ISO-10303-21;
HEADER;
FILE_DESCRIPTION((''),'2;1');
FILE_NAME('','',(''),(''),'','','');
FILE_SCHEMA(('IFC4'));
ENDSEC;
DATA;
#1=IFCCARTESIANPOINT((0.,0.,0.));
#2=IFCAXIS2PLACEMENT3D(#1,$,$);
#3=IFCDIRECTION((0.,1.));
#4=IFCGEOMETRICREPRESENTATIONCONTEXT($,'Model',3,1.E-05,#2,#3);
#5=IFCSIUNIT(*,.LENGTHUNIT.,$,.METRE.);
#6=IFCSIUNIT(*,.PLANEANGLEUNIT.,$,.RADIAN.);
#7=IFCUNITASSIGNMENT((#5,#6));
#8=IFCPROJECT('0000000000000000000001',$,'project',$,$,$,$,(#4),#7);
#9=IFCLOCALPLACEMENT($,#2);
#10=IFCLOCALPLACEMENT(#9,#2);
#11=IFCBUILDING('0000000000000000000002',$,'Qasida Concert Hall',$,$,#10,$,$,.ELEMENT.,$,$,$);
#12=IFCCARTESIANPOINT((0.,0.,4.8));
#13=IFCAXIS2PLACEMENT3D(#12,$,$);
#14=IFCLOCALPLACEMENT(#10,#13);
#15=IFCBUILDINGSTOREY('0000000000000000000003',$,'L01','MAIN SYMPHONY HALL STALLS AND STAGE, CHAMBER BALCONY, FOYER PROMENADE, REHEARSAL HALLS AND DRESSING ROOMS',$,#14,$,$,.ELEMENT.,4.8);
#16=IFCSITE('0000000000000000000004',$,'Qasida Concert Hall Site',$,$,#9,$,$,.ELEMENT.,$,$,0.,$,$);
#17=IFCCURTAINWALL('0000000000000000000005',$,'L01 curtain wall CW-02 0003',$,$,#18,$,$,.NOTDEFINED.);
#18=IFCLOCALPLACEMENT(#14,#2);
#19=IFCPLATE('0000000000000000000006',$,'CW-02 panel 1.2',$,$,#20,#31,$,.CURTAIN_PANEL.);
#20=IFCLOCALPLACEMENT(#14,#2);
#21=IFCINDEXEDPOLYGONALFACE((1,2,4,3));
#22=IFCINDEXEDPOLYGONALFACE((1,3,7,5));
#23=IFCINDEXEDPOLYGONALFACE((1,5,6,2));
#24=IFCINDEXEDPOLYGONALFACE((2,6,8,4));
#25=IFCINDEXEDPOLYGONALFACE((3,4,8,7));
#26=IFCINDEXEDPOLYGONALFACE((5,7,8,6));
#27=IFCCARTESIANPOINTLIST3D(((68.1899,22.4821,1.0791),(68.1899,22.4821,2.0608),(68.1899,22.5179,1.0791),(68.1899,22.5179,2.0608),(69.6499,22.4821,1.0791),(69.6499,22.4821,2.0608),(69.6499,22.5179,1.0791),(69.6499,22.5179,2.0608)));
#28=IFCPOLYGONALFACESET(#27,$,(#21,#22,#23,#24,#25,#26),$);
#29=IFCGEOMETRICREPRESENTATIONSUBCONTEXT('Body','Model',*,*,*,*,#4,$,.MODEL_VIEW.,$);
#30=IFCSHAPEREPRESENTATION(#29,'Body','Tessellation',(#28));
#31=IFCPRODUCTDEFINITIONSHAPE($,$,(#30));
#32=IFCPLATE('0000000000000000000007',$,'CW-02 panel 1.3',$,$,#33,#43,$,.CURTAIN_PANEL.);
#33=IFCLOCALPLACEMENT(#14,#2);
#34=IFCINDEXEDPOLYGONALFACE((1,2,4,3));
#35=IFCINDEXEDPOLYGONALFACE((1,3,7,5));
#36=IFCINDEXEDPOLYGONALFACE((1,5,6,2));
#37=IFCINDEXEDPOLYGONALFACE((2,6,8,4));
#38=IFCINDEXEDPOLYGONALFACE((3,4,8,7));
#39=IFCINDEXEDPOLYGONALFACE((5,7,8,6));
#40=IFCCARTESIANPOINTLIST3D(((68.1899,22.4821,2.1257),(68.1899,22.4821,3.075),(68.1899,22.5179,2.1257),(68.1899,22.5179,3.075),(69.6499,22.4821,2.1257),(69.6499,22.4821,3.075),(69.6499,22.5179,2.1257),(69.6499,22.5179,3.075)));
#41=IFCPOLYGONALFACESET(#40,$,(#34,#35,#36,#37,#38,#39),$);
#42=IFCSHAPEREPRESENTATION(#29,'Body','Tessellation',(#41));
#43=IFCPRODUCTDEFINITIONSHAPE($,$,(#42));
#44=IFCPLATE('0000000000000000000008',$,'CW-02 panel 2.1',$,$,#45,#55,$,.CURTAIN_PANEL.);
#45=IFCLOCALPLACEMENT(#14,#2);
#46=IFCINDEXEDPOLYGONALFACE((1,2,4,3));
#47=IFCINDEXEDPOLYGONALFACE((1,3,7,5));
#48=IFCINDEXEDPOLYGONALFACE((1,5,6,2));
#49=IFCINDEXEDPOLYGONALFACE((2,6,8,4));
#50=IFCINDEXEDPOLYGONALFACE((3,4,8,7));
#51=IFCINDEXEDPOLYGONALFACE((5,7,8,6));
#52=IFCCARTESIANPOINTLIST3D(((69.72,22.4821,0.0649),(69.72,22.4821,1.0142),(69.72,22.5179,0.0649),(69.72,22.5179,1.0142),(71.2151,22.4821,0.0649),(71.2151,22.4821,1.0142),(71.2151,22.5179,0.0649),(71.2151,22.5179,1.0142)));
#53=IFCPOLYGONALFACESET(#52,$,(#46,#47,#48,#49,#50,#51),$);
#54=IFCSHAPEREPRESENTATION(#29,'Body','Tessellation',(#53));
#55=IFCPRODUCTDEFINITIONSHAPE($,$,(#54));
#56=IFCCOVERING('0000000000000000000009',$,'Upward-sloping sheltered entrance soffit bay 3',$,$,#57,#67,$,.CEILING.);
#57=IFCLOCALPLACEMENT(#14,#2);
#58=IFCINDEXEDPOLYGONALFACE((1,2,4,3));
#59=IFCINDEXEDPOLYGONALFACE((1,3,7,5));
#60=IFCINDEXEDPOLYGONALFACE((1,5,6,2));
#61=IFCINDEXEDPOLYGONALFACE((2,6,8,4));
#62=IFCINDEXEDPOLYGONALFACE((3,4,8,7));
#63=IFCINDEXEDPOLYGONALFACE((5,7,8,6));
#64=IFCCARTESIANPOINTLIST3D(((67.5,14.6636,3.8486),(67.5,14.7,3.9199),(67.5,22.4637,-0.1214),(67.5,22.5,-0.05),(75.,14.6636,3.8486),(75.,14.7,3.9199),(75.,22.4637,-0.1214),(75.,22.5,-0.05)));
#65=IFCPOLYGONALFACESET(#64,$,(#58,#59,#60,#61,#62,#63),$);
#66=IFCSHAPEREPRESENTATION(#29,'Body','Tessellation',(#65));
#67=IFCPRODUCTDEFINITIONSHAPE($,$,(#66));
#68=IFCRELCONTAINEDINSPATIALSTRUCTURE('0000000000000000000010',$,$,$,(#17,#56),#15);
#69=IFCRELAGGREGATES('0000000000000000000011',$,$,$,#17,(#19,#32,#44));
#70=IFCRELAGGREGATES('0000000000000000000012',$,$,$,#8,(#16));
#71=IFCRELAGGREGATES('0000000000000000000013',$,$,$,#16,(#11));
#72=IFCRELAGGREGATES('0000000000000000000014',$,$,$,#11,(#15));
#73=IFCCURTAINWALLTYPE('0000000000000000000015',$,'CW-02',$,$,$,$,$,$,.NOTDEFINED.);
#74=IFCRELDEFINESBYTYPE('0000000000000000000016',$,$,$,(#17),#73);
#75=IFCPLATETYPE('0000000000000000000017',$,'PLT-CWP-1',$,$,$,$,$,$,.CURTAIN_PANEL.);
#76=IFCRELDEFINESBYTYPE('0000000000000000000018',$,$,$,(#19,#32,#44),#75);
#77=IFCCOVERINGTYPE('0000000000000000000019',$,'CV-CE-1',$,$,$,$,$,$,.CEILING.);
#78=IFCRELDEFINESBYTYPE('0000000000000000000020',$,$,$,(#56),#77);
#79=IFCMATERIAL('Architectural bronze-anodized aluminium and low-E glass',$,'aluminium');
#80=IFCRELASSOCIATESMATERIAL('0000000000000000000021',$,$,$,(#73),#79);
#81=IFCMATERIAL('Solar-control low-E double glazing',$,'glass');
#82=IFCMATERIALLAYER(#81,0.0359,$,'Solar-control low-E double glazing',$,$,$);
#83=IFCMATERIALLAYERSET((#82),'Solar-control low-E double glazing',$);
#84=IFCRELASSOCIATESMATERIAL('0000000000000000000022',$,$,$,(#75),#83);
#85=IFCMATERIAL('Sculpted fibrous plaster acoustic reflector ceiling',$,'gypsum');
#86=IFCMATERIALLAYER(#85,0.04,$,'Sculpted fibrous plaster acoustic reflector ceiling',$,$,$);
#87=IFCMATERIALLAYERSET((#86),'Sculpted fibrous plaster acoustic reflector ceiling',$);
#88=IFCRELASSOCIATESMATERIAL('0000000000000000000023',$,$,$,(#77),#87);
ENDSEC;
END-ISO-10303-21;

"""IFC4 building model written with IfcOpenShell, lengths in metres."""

from ifc_helpers import new_model, si_unit, direction, frame, origin, origin_2d, place, context, subcontext, project, spatial, polyline, rectangle, outline, extrude, material, layer, layer_set, type_object, element, aggregate, save


model = new_model("IFC4")

# Units and contexts
model_context = context("Model", 3, precision=1e-05, world=origin(), true_north=direction((0.0, 1.0)))
body_context = subcontext(model_context, "Body", "Model", "MODEL_VIEW")
ifc_project = project(units=[si_unit("LENGTHUNIT", "METRE"), si_unit("PLANEANGLEUNIT", "RADIAN")], contexts=[model_context])

# Site, building, storey
site_placement = place(None, origin())
site = spatial("IfcSite", under=ifc_project, at=site_placement, Name="Qasida Concert Hall Site", CompositionType="ELEMENT", RefElevation=0.0)
building_placement = place(site_placement, origin())
building = spatial("IfcBuilding", under=site, at=building_placement, Name="Qasida Concert Hall", CompositionType="ELEMENT")
storey_placement = place(building_placement, frame((0.0, 0.0, 4.8)))
storey = spatial("IfcBuildingStorey", under=building, at=storey_placement, Name="L01", Description="MAIN SYMPHONY HALL STALLS AND STAGE, CHAMBER BALCONY, FOYER PROMENADE, REHEARSAL HALLS AND DRESSING ROOMS", CompositionType="ELEMENT", Elevation=4.8)

# Shared definitions
ifc_material_1 = material(Name="Architectural bronze-anodized aluminium and low-E glass", Category="aluminium")
curtain_wall_type = type_object("IfcCurtainWallType", Name="CW-02", PredefinedType="NOTDEFINED", material=ifc_material_1)

# Curtain wall
curtain_wall_1_placement = place(storey_placement, origin())
curtain_wall_1 = element("IfcCurtainWall", 1, at=curtain_wall_1_placement, inside=storey, type_object=curtain_wall_type, Name="L01 curtain wall CW-02 0003", PredefinedType="NOTDEFINED")

# Plates
ifc_material_2 = material(Name="Solar-control low-E double glazing", Category="glass")
ifc_layer_1 = layer(ifc_material_2, 0.0359, Name="Solar-control low-E double glazing")
ifc_layer_set_1 = layer_set([ifc_layer_1], Name="Solar-control low-E double glazing")
plate_type = type_object("IfcPlateType", Name="PLT-CWP-1", PredefinedType="CURTAIN_PANEL", material=ifc_layer_set_1)
plate_1_placement = place(storey_placement, frame((68.9199, 22.5, 1.0791), z_axis=(0.0, 0.0, 1.0), x_axis=(1.0, 0.0, 0.0)))
plate_1 = element("IfcPlate", 2, at=plate_1_placement, type_object=plate_type, Name="CW-02 panel 1.2", PredefinedType="CURTAIN_PANEL", context=body_context, shape_type="SweptSolid", body=[
    extrude(rectangle(XDim=1.46, YDim=0.0359, at=origin_2d()), origin(), (0.0, 0.0, 1.0), 0.9817),
])
plate_2_placement = place(storey_placement, frame((68.9199, 22.5, 2.1257), z_axis=(0.0, 0.0, 1.0), x_axis=(1.0, 0.0, 0.0)))
plate_2 = element("IfcPlate", 3, at=plate_2_placement, type_object=plate_type, Name="CW-02 panel 1.3", PredefinedType="CURTAIN_PANEL", context=body_context, shape_type="SweptSolid", body=[
    extrude(rectangle(XDim=1.46, YDim=0.0359, at=origin_2d()), origin(), (0.0, 0.0, 1.0), 0.9492),
])
plate_3_placement = place(storey_placement, frame((70.4675, 22.5, 0.0649), z_axis=(0.0, 0.0, 1.0), x_axis=(1.0, 0.0, 0.0)))
plate_3 = element("IfcPlate", 4, at=plate_3_placement, type_object=plate_type, Name="CW-02 panel 2.1", PredefinedType="CURTAIN_PANEL", context=body_context, shape_type="SweptSolid", body=[
    extrude(rectangle(XDim=1.4951, YDim=0.0359, at=origin_2d()), origin(), (0.0, 0.0, 1.0), 0.9492),
])
aggregate(curtain_wall_1, [plate_1, plate_2, plate_3])

# Covering
ifc_material_3 = material(Name="Sculpted fibrous plaster acoustic reflector ceiling", Category="gypsum")
ifc_layer_2 = layer(ifc_material_3, 0.04, Name="Sculpted fibrous plaster acoustic reflector ceiling")
ifc_layer_set_2 = layer_set([ifc_layer_2], Name="Sculpted fibrous plaster acoustic reflector ceiling")
covering_type = type_object("IfcCoveringType", Name="CV-CE-1", PredefinedType="CEILING", material=ifc_layer_set_2)
covering_placement = place(storey_placement, frame((67.5, 22.5, -0.05), z_axis=(0.0, 0.453596, 0.891208), x_axis=(1.0, 0.0, 0.0)))
element("IfcCovering", 5, at=covering_placement, inside=storey, type_object=covering_type, Name="Upward-sloping sheltered entrance soffit bay 3", PredefinedType="CEILING", context=body_context, shape_type="SweptSolid", body=[
    extrude(outline(polyline([(0.0, 0.0), (7.5, 0.0), (7.5, -8.7522), (0.0, -8.7522), (0.0, 0.0)])), origin(), (0.0, 0.0, -1.0), 0.0801),
])

save(model, "model.ifc")
